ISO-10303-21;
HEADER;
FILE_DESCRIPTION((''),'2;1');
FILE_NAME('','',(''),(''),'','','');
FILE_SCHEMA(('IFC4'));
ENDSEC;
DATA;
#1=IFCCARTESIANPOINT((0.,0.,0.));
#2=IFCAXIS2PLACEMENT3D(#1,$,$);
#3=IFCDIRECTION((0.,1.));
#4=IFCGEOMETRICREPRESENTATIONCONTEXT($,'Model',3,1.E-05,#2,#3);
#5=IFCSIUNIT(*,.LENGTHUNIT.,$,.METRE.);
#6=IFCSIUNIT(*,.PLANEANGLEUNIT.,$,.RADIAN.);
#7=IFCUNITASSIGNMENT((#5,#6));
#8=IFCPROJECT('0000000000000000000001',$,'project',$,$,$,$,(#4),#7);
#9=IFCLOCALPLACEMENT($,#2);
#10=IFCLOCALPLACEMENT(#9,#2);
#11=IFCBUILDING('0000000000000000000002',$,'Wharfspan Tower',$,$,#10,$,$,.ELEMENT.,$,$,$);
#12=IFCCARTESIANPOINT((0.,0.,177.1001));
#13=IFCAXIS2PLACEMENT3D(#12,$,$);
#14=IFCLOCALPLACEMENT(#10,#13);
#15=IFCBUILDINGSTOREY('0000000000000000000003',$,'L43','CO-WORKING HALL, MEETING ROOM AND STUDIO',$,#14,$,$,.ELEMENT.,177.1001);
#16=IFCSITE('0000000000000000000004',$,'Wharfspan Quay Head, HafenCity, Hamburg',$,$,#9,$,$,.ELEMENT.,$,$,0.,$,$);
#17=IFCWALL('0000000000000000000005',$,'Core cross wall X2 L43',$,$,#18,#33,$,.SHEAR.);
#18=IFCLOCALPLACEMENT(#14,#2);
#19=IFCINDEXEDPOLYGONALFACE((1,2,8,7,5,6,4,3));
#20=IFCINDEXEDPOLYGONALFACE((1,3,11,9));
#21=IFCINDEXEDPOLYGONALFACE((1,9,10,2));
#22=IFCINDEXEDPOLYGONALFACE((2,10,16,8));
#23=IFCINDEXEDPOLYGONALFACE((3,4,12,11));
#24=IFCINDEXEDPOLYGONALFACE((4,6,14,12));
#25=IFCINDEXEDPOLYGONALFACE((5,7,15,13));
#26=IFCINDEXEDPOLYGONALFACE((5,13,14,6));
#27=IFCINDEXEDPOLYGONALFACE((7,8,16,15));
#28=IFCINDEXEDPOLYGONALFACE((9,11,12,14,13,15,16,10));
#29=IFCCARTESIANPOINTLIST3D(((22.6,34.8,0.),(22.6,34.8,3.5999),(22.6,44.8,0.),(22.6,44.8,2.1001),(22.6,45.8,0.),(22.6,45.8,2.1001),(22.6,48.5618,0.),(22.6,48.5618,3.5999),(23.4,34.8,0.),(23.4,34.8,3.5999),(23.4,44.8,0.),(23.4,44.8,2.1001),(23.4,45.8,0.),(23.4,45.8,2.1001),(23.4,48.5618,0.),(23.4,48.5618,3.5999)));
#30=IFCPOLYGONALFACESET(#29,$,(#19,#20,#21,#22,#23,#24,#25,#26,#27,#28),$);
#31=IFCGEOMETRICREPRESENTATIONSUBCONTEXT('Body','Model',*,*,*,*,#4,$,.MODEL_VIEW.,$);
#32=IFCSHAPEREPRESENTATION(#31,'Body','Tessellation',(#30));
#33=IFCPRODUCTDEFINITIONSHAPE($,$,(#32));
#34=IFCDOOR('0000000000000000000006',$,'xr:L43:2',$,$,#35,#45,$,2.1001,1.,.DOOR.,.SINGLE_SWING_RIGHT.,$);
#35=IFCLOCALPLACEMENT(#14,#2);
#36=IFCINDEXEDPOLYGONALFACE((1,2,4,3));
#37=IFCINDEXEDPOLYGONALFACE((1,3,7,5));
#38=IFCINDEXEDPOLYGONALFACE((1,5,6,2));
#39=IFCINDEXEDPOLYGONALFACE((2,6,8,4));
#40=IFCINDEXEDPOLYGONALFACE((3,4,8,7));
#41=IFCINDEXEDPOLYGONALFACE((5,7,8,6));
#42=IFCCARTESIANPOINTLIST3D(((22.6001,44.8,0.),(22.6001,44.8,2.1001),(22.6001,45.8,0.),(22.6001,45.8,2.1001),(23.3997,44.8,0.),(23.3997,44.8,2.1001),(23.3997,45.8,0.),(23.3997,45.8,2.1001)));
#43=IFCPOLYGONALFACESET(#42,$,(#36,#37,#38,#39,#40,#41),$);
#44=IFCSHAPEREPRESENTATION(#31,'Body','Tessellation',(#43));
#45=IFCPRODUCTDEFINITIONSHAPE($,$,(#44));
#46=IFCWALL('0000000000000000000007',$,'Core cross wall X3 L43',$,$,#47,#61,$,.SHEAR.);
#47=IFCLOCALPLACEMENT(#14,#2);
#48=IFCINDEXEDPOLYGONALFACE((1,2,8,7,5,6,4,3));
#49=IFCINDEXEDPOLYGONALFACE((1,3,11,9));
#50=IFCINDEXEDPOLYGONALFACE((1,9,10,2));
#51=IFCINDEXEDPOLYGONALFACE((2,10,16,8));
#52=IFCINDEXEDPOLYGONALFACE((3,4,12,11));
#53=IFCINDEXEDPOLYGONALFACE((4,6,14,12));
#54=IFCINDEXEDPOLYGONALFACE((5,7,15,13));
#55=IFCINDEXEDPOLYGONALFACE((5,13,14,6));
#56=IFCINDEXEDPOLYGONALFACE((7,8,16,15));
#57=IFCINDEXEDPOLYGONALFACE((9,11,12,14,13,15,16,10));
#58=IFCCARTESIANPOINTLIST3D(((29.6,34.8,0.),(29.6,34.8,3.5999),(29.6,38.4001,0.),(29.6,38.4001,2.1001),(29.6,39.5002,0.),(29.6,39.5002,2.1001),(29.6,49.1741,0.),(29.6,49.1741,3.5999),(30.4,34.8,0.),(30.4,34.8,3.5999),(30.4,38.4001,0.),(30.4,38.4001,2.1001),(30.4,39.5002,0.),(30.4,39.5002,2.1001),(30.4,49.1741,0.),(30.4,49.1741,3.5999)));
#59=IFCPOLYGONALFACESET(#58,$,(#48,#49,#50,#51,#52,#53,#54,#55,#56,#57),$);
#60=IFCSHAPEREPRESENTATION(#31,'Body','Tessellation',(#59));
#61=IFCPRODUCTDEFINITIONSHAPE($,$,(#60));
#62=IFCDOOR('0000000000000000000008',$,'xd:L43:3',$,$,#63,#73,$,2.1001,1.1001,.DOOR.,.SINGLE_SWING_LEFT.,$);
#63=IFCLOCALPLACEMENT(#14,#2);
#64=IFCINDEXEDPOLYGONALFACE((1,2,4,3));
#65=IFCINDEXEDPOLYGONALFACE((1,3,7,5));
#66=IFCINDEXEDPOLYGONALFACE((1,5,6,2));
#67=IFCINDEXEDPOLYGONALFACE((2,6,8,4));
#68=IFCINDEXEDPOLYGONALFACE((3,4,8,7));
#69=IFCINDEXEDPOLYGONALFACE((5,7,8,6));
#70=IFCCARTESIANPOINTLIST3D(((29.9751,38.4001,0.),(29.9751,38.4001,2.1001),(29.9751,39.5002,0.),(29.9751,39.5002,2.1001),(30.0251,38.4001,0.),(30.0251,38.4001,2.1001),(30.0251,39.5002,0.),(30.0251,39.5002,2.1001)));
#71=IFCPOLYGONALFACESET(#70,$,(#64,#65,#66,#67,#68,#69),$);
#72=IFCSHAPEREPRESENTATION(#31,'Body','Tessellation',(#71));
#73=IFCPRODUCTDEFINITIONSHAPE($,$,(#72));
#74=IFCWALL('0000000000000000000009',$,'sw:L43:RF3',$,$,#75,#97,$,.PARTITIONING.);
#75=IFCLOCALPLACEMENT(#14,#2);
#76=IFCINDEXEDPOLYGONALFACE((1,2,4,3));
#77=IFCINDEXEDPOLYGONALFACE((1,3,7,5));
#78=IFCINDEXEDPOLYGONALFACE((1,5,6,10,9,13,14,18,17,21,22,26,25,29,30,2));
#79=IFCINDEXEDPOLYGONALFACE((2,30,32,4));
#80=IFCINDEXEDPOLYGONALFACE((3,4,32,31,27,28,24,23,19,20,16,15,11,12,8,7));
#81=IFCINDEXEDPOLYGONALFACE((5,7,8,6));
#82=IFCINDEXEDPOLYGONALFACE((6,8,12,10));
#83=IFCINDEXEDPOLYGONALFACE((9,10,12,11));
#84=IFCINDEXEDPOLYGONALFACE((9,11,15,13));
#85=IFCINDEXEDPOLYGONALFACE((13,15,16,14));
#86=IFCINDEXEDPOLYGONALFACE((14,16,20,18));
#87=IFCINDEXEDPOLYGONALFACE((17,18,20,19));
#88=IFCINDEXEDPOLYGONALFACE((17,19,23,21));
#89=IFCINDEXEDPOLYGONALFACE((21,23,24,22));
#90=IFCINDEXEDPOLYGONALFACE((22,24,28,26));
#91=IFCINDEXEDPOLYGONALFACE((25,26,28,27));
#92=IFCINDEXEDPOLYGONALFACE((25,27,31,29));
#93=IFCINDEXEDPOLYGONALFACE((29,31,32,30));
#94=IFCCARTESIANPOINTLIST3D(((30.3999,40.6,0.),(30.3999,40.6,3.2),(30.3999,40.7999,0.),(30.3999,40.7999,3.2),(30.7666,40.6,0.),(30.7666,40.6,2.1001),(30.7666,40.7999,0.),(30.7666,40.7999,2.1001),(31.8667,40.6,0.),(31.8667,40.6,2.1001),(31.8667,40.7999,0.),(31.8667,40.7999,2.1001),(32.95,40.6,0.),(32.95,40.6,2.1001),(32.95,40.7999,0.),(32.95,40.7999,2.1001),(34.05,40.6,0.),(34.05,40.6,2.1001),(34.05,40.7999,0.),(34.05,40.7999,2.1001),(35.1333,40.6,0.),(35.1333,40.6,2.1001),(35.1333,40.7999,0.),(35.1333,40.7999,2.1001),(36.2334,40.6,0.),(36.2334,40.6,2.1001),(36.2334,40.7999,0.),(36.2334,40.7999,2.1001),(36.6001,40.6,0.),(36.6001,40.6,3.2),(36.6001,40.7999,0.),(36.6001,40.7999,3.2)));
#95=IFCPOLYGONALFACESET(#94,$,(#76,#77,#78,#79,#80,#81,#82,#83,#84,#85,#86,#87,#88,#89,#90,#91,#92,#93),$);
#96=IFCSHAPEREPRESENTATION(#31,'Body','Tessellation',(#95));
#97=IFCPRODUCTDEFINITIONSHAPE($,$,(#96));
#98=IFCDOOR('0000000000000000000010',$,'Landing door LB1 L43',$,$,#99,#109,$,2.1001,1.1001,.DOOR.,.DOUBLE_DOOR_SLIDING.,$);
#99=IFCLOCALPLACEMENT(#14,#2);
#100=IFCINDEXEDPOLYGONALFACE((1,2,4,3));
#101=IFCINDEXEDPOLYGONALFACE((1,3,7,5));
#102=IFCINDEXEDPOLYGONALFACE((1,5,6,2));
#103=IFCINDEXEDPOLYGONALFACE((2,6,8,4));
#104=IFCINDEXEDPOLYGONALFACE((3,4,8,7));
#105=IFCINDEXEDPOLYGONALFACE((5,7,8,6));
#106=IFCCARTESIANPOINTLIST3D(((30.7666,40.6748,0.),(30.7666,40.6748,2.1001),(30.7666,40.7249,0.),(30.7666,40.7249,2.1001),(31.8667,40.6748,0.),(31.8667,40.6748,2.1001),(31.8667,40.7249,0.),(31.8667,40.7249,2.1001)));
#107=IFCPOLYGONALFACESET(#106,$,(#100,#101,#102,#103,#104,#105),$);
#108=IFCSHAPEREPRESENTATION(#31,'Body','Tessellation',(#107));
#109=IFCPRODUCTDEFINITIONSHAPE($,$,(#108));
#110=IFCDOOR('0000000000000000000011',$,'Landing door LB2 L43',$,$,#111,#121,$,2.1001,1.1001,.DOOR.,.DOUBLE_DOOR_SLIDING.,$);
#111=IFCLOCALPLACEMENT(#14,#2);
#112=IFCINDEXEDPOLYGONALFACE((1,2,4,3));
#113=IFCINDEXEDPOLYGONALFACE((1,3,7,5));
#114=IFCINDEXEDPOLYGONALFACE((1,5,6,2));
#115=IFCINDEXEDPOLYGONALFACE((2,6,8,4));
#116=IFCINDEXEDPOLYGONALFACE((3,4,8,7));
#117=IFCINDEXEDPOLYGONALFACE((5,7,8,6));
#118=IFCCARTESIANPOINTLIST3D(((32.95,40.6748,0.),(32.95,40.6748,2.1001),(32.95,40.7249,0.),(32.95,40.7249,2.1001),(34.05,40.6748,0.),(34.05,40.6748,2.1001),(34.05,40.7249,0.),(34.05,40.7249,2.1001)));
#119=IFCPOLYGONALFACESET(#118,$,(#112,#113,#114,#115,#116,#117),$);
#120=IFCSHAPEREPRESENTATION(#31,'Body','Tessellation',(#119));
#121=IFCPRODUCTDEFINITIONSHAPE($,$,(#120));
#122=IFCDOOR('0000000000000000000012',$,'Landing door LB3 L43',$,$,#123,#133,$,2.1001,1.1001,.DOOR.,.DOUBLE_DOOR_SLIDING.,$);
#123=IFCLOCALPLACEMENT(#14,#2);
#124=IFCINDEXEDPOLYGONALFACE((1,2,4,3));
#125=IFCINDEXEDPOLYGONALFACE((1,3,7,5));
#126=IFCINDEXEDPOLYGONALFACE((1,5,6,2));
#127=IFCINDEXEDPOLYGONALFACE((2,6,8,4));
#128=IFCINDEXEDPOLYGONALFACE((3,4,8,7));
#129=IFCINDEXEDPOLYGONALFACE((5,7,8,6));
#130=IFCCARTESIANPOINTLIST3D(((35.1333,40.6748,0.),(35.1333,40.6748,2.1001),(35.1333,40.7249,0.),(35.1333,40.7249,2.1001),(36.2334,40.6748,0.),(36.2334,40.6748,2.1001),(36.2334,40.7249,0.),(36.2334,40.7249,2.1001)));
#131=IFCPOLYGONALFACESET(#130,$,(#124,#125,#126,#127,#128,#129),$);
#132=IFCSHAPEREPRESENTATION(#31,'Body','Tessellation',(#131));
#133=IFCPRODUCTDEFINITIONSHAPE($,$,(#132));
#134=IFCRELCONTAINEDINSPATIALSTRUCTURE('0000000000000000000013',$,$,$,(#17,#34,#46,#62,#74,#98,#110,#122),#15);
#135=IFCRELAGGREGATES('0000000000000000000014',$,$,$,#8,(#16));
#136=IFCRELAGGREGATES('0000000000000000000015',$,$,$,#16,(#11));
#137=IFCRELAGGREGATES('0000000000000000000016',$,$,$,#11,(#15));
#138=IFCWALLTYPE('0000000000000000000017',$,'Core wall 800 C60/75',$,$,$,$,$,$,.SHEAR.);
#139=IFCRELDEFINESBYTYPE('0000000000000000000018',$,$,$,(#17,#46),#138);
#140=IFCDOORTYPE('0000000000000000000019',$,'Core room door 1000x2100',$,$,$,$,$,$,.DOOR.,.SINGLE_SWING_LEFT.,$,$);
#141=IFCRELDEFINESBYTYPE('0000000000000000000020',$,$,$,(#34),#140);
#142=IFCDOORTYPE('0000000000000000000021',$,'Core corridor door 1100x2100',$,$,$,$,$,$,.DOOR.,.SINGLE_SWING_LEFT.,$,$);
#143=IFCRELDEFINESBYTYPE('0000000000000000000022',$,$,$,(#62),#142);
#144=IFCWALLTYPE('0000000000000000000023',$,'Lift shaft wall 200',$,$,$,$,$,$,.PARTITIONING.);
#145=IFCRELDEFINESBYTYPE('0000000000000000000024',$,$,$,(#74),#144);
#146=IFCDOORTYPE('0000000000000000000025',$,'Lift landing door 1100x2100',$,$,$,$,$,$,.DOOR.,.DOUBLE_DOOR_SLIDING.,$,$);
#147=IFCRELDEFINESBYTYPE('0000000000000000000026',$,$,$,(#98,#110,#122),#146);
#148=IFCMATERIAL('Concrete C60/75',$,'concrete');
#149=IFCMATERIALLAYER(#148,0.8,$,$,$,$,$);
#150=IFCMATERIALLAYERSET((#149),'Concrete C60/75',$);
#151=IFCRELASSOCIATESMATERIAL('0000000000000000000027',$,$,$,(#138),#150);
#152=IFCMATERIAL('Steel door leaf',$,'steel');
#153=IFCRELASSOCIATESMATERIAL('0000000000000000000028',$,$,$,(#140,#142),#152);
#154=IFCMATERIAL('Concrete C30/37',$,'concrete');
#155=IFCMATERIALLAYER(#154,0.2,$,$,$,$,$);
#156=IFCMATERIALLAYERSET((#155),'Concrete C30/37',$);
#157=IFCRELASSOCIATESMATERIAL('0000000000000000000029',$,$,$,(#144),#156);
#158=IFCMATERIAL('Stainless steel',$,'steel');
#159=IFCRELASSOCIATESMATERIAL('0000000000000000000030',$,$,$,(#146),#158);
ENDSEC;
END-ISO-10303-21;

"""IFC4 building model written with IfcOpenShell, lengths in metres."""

from ifc_helpers import new_model, si_unit, direction, frame, frame_2d, origin, place, context, subcontext, project, spatial, rectangle, extrude, material, layer, layer_set, type_object, element, fill, save


model = new_model("IFC4")

# Units and contexts
model_context = context("Model", 3, precision=1e-05, world=origin(), true_north=direction((0.0, 1.0)))
body_context = subcontext(model_context, "Body", "Model", "MODEL_VIEW")
ifc_project = project(units=[si_unit("LENGTHUNIT", "METRE"), si_unit("PLANEANGLEUNIT", "RADIAN")], contexts=[model_context])

# Site, building, storey
site_placement = place(None, origin())
site = spatial("IfcSite", under=ifc_project, at=site_placement, Name="Wharfspan Quay Head, HafenCity, Hamburg", CompositionType="ELEMENT", RefElevation=0.0)
building_placement = place(site_placement, origin())
building = spatial("IfcBuilding", under=site, at=building_placement, Name="Wharfspan Tower", CompositionType="ELEMENT")
storey_placement = place(building_placement, frame((0.0, 0.0, 177.1001)))
storey = spatial("IfcBuildingStorey", under=building, at=storey_placement, Name="L43", Description="CO-WORKING HALL, MEETING ROOM AND STUDIO", CompositionType="ELEMENT", Elevation=177.1001)

# Shared definitions
ifc_material_1 = material(Name="Concrete C60/75", Category="concrete")
ifc_layer_1 = layer(ifc_material_1, 0.8)
ifc_layer_set_1 = layer_set([ifc_layer_1], Name="Concrete C60/75")
wall_type_1 = type_object("IfcWallType", Name="Core wall 800 C60/75", PredefinedType="SHEAR", material=ifc_layer_set_1)

# Walls, openings, doors
wall_1_placement = place(storey_placement, frame((23.0, 34.8, 0.0), z_axis=(0.0, 0.0, 1.0), x_axis=(0.0, 1.0, 0.0)))
wall_1 = element("IfcWall", 1, at=wall_1_placement, inside=storey, type_object=wall_type_1, Name="Core cross wall X2 L43", PredefinedType="SHEAR", context=body_context, shape_type="SweptSolid", body=[
    extrude(rectangle(XDim=13.7617, YDim=0.8, at=frame_2d((6.8809, 0.0))), origin(), (0.0, 0.0, 1.0), 3.5999),
])
opening_1_placement = place(wall_1_placement, frame((10.0, 0.0, 0.0)))
opening_1 = element("IfcOpeningElement", 2, at=opening_1_placement, cuts=wall_1, PredefinedType="OPENING", context=body_context, shape_type="SweptSolid", body=[
    extrude(rectangle(XDim=1.0, YDim=2.1001, at=frame_2d((0.5, 1.05))), frame((0.0, 0.4099, 0.0), z_axis=(0.0, -1.0, 0.0), x_axis=(1.0, 0.0, 0.0)), (0.0, 0.0, 1.0), 0.8201),
])
ifc_material_2 = material(Name="Steel door leaf", Category="steel")
door_type_1 = type_object("IfcDoorType", Name="Core room door 1000x2100", OperationType="SINGLE_SWING_LEFT", PredefinedType="DOOR", material=ifc_material_2)
door_1_placement = place(opening_1_placement, origin())
door_1 = element("IfcDoor", 3, at=door_1_placement, inside=storey, type_object=door_type_1, Name="xr:L43:2", OperationType="SINGLE_SWING_RIGHT", OverallHeight=2.1001, OverallWidth=1.0, PredefinedType="DOOR", context=body_context, shape_type="SweptSolid", body=[
    extrude(rectangle(XDim=1.0, YDim=2.1001, at=frame_2d((0.5, 1.05))), frame((0.0, 0.3999, 0.0), z_axis=(0.0, -1.0, 0.0), x_axis=(1.0, 0.0, 0.0)), (0.0, 0.0, 1.0), 0.7996),
])
fill(opening_1, door_1)
wall_2_placement = place(storey_placement, frame((30.0, 34.8, 0.0), z_axis=(0.0, 0.0, 1.0), x_axis=(0.0, 1.0, 0.0)))
wall_2 = element("IfcWall", 4, at=wall_2_placement, inside=storey, type_object=wall_type_1, Name="Core cross wall X3 L43", PredefinedType="SHEAR", context=body_context, shape_type="SweptSolid", body=[
    extrude(rectangle(XDim=14.374, YDim=0.8, at=frame_2d((7.187, 0.0))), origin(), (0.0, 0.0, 1.0), 3.5999),
])
opening_2_placement = place(wall_2_placement, frame((3.6001, 0.0, 0.0)))
opening_2 = element("IfcOpeningElement", 5, at=opening_2_placement, cuts=wall_2, PredefinedType="OPENING", context=body_context, shape_type="SweptSolid", body=[
    extrude(rectangle(XDim=1.1001, YDim=2.1001, at=frame_2d((0.55, 1.05))), frame((0.0, 0.4099, 0.0), z_axis=(0.0, -1.0, 0.0), x_axis=(1.0, 0.0, 0.0)), (0.0, 0.0, 1.0), 0.8201),
])
door_type_2 = type_object("IfcDoorType", Name="Core corridor door 1100x2100", OperationType="SINGLE_SWING_LEFT", PredefinedType="DOOR", material=ifc_material_2)
door_2_placement = place(opening_2_placement, origin())
door_2 = element("IfcDoor", 6, at=door_2_placement, inside=storey, type_object=door_type_2, Name="xd:L43:3", OperationType="SINGLE_SWING_LEFT", OverallHeight=2.1001, OverallWidth=1.1001, PredefinedType="DOOR", context=body_context, shape_type="SweptSolid", body=[
    extrude(rectangle(XDim=1.1001, YDim=2.1001, at=frame_2d((0.55, 1.05))), frame((0.0, 0.0249, 0.0), z_axis=(0.0, -1.0, 0.0), x_axis=(1.0, 0.0, 0.0)), (0.0, 0.0, 1.0), 0.05),
])
fill(opening_2, door_2)

# Wall, openings, doors
ifc_material_3 = material(Name="Concrete C30/37", Category="concrete")
ifc_layer_2 = layer(ifc_material_3, 0.2)
ifc_layer_set_2 = layer_set([ifc_layer_2], Name="Concrete C30/37")
wall_type_2 = type_object("IfcWallType", Name="Lift shaft wall 200", PredefinedType="PARTITIONING", material=ifc_layer_set_2)
wall_3_placement = place(storey_placement, frame((30.3999, 40.7, 0.0), z_axis=(0.0, 0.0, 1.0), x_axis=(1.0, 0.0, 0.0)))
wall_3 = element("IfcWall", 7, at=wall_3_placement, inside=storey, type_object=wall_type_2, Name="sw:L43:RF3", PredefinedType="PARTITIONING", context=body_context, shape_type="SweptSolid", body=[
    extrude(rectangle(XDim=6.2002, YDim=0.2, at=frame_2d((3.1001, 0.0))), origin(), (0.0, 0.0, 1.0), 3.2),
])
opening_3_placement = place(wall_3_placement, frame((0.3667, 0.0, 0.0)))
opening_3 = element("IfcOpeningElement", 8, at=opening_3_placement, cuts=wall_3, PredefinedType="OPENING", context=body_context, shape_type="SweptSolid", body=[
    extrude(rectangle(XDim=1.1001, YDim=2.1001, at=frame_2d((0.55, 1.05))), frame((0.0, 0.1099, 0.0), z_axis=(0.0, -1.0, 0.0), x_axis=(1.0, 0.0, 0.0)), (0.0, 0.0, 1.0), 0.22),
])
opening_4_placement = place(wall_3_placement, frame((2.55, 0.0, 0.0)))
opening_4 = element("IfcOpeningElement", 9, at=opening_4_placement, cuts=wall_3, PredefinedType="OPENING", context=body_context, shape_type="SweptSolid", body=[
    extrude(rectangle(XDim=1.1001, YDim=2.1001, at=frame_2d((0.55, 1.05))), frame((0.0, 0.1099, 0.0), z_axis=(0.0, -1.0, 0.0), x_axis=(1.0, 0.0, 0.0)), (0.0, 0.0, 1.0), 0.22),
])
opening_5_placement = place(wall_3_placement, frame((4.7334, 0.0, 0.0)))
opening_5 = element("IfcOpeningElement", 10, at=opening_5_placement, cuts=wall_3, PredefinedType="OPENING", context=body_context, shape_type="SweptSolid", body=[
    extrude(rectangle(XDim=1.1001, YDim=2.1001, at=frame_2d((0.55, 1.05))), frame((0.0, 0.1099, 0.0), z_axis=(0.0, -1.0, 0.0), x_axis=(1.0, 0.0, 0.0)), (0.0, 0.0, 1.0), 0.22),
])
ifc_material_4 = material(Name="Stainless steel", Category="steel")
door_type_3 = type_object("IfcDoorType", Name="Lift landing door 1100x2100", OperationType="DOUBLE_DOOR_SLIDING", PredefinedType="DOOR", material=ifc_material_4)
door_3_placement = place(opening_3_placement, origin())
door_3 = element("IfcDoor", 11, at=door_3_placement, inside=storey, type_object=door_type_3, Name="Landing door LB1 L43", OperationType="DOUBLE_DOOR_SLIDING", OverallHeight=2.1001, OverallWidth=1.1001, PredefinedType="DOOR", context=body_context, shape_type="SweptSolid", body=[
    extrude(rectangle(XDim=1.1001, YDim=2.1001, at=frame_2d((0.55, 1.05))), frame((0.0, 0.0249, 0.0), z_axis=(0.0, -1.0, 0.0), x_axis=(1.0, 0.0, 0.0)), (0.0, 0.0, 1.0), 0.05),
])
fill(opening_3, door_3)
door_4_placement = place(opening_4_placement, origin())
door_4 = element("IfcDoor", 12, at=door_4_placement, inside=storey, type_object=door_type_3, Name="Landing door LB2 L43", OperationType="DOUBLE_DOOR_SLIDING", OverallHeight=2.1001, OverallWidth=1.1001, PredefinedType="DOOR", context=body_context, shape_type="SweptSolid", body=[
    extrude(rectangle(XDim=1.1001, YDim=2.1001, at=frame_2d((0.55, 1.05))), frame((0.0, 0.0249, 0.0), z_axis=(0.0, -1.0, 0.0), x_axis=(1.0, 0.0, 0.0)), (0.0, 0.0, 1.0), 0.05),
])
fill(opening_4, door_4)
door_5_placement = place(opening_5_placement, origin())
door_5 = element("IfcDoor", 13, at=door_5_placement, inside=storey, type_object=door_type_3, Name="Landing door LB3 L43", OperationType="DOUBLE_DOOR_SLIDING", OverallHeight=2.1001, OverallWidth=1.1001, PredefinedType="DOOR", context=body_context, shape_type="SweptSolid", body=[
    extrude(rectangle(XDim=1.1001, YDim=2.1001, at=frame_2d((0.55, 1.05))), frame((0.0, 0.0249, 0.0), z_axis=(0.0, -1.0, 0.0), x_axis=(1.0, 0.0, 0.0)), (0.0, 0.0, 1.0), 0.05),
])
fill(opening_5, door_5)

save(model, "model.ifc")
